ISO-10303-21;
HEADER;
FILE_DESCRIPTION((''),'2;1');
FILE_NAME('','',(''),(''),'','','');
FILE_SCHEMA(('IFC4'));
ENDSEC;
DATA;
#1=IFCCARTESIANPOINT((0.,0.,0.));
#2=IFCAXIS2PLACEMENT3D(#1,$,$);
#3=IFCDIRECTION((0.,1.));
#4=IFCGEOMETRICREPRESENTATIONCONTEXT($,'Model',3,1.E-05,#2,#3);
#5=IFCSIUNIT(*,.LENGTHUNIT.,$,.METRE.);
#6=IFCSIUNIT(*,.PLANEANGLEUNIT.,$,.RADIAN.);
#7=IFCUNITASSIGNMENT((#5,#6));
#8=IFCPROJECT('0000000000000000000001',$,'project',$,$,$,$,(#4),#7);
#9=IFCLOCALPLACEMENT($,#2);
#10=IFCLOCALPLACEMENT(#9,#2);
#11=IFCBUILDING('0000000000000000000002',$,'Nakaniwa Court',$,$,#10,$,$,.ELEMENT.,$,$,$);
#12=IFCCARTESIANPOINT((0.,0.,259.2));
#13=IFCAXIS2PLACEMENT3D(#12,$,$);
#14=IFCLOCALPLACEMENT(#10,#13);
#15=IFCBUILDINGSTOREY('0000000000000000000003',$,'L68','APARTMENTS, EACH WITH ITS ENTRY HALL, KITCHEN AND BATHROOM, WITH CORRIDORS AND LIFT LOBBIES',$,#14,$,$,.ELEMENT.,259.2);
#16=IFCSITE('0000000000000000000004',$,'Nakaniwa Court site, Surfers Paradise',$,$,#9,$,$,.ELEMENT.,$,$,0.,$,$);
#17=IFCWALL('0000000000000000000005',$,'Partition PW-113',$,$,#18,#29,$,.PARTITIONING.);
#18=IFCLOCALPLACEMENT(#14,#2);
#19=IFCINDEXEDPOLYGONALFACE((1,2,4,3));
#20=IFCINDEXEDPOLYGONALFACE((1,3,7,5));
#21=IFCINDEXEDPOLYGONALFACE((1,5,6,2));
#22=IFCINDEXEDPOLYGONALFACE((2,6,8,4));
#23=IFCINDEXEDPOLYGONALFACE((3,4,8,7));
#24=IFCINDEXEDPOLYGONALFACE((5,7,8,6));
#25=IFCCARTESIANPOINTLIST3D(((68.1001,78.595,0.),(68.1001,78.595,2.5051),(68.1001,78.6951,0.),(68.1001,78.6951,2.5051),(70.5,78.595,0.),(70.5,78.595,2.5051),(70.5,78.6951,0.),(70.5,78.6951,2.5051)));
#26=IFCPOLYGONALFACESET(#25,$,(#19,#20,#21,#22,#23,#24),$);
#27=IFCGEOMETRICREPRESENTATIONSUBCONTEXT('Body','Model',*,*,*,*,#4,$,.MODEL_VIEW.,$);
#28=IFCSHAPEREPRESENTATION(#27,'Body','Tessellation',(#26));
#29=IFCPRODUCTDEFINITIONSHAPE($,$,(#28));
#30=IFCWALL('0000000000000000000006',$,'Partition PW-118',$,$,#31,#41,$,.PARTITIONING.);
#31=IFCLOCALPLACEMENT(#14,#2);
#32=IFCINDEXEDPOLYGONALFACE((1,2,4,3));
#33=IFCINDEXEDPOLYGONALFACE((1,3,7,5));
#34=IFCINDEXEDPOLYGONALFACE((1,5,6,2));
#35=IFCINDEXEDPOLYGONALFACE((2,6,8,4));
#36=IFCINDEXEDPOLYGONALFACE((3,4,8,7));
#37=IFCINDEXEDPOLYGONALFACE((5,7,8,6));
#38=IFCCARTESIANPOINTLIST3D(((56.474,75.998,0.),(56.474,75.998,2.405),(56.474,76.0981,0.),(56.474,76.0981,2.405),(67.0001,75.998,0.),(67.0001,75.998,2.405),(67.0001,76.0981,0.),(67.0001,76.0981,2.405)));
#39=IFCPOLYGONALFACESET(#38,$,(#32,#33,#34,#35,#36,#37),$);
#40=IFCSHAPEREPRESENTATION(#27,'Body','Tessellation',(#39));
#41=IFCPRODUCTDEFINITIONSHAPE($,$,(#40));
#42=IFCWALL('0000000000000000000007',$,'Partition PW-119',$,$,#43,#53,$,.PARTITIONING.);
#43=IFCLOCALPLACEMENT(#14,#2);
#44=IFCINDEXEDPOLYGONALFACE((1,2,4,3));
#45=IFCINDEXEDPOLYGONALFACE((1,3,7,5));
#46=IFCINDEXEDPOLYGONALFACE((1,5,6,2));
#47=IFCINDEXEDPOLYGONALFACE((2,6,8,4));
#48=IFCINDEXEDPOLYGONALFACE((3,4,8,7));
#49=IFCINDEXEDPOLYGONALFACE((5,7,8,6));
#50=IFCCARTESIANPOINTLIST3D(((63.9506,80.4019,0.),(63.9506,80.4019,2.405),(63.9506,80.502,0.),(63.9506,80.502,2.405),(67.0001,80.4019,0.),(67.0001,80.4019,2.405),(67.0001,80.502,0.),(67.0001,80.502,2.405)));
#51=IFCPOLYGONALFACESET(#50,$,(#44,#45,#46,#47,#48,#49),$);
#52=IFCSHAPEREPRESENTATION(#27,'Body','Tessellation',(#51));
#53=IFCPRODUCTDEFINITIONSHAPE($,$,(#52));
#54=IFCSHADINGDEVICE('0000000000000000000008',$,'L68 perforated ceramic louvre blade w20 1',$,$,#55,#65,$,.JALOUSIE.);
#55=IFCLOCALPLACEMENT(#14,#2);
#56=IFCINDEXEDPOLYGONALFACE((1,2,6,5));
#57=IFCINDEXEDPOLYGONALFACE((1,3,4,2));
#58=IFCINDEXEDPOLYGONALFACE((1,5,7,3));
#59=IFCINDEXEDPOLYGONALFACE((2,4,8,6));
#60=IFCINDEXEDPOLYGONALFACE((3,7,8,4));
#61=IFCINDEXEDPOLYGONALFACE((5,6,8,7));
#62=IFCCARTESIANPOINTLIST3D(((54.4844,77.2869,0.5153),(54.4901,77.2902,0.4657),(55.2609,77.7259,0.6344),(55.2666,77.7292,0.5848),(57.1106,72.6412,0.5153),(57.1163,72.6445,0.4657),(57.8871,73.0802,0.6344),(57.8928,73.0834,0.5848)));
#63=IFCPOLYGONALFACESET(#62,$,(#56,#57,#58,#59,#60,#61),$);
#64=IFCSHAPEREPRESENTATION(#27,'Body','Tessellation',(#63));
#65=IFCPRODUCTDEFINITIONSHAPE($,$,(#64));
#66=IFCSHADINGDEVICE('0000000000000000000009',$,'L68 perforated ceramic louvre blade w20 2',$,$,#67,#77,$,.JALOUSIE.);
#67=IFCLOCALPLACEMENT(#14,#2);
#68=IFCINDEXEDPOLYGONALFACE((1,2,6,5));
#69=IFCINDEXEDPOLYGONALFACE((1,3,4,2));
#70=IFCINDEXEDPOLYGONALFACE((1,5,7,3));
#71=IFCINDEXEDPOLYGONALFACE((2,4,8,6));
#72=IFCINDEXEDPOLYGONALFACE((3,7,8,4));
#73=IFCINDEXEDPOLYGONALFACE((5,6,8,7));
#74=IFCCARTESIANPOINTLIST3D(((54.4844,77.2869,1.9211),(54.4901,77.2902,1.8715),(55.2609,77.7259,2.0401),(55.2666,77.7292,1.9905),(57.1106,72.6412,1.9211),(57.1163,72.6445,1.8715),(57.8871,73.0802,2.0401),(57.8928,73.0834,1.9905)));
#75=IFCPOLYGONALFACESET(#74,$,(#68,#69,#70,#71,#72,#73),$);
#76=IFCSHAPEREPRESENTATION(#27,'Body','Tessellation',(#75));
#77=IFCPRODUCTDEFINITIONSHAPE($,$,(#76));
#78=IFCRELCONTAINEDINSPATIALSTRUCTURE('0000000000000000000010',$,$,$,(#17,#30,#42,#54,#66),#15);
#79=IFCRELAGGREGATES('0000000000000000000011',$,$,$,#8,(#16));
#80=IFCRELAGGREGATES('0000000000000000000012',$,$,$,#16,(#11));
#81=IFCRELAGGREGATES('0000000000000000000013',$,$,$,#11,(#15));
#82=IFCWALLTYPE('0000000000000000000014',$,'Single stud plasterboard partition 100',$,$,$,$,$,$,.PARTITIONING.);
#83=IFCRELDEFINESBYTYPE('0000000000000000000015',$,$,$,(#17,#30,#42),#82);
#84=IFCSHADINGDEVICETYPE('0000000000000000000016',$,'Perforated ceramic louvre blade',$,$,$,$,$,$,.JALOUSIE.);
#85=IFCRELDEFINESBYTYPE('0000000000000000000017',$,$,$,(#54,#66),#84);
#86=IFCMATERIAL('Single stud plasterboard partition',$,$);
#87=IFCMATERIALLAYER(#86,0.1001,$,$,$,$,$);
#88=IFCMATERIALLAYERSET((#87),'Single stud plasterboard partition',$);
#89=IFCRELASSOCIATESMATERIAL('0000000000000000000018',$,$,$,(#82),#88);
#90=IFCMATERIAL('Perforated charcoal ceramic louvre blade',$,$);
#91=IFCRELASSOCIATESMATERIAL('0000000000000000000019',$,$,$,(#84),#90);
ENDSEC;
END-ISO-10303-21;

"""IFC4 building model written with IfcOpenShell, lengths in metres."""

from ifc_helpers import new_model, si_unit, direction, frame, frame_2d, origin, origin_2d, place, context, subcontext, project, spatial, rectangle, extrude, material, layer, layer_set, material_profile, profile_set, type_object, element, save


model = new_model("IFC4")

# Units and contexts
model_context = context("Model", 3, precision=1e-05, world=origin(), true_north=direction((0.0, 1.0)))
body_context = subcontext(model_context, "Body", "Model", "MODEL_VIEW")
ifc_project = project(units=[si_unit("LENGTHUNIT", "METRE"), si_unit("PLANEANGLEUNIT", "RADIAN")], contexts=[model_context])

# Site, building, storey
site_placement = place(None, origin())
site = spatial("IfcSite", under=ifc_project, at=site_placement, Name="Nakaniwa Court site, Surfers Paradise", CompositionType="ELEMENT", RefElevation=0.0)
building_placement = place(site_placement, origin())
building = spatial("IfcBuilding", under=site, at=building_placement, Name="Nakaniwa Court", CompositionType="ELEMENT")
storey_placement = place(building_placement, frame((0.0, 0.0, 259.2)))
storey = spatial("IfcBuildingStorey", under=building, at=storey_placement, Name="L68", Description="APARTMENTS, EACH WITH ITS ENTRY HALL, KITCHEN AND BATHROOM, WITH CORRIDORS AND LIFT LOBBIES", CompositionType="ELEMENT", Elevation=259.2)

# Walls
ifc_material_1 = material(Name="Single stud plasterboard partition")
ifc_layer_1 = layer(ifc_material_1, 0.1001)
ifc_layer_set_1 = layer_set([ifc_layer_1], Name="Single stud plasterboard partition")
wall_type_1 = type_object("IfcWallType", Name="Single stud plasterboard partition 100", PredefinedType="PARTITIONING", material=ifc_layer_set_1)
wall_1_placement = place(storey_placement, frame((68.1001, 78.645, 0.0), z_axis=(0.0, 0.0, 1.0), x_axis=(1.0, 0.0, 0.0)))
element("IfcWall", 1, at=wall_1_placement, inside=storey, type_object=wall_type_1, Name="Partition PW-113", PredefinedType="PARTITIONING", context=body_context, shape_type="SweptSolid", body=[
    extrude(rectangle(XDim=2.3999, YDim=0.1001, at=frame_2d((1.2, 0.0))), origin(), (0.0, 0.0, 1.0), 2.5051),
])
wall_2_placement = place(storey_placement, frame((56.4739, 76.0481, 0.0), z_axis=(0.0, 0.0, 1.0), x_axis=(1.0, 0.0, 0.0)))
element("IfcWall", 2, at=wall_2_placement, inside=storey, type_object=wall_type_1, Name="Partition PW-118", PredefinedType="PARTITIONING", context=body_context, shape_type="SweptSolid", body=[
    extrude(rectangle(XDim=10.5261, YDim=0.1001, at=frame_2d((5.2632, 0.0))), origin(), (0.0, 0.0, 1.0), 2.405),
])
wall_3_placement = place(storey_placement, frame((63.9504, 80.4519, 0.0), z_axis=(0.0, 0.0, 1.0), x_axis=(1.0, 0.0, 0.0)))
element("IfcWall", 3, at=wall_3_placement, inside=storey, type_object=wall_type_1, Name="Partition PW-119", PredefinedType="PARTITIONING", context=body_context, shape_type="SweptSolid", body=[
    extrude(rectangle(XDim=3.0496, YDim=0.1001, at=frame_2d((1.5249, 0.0))), origin(), (0.0, 0.0, 1.0), 2.405),
])

# Shading devices
ifc_material_2 = material(Name="Perforated charcoal ceramic louvre blade")
ifc_material_profile_1 = material_profile(ifc_material_2, rectangle(XDim=0.8999, YDim=0.05, at=origin_2d()), Name="Perforated ceramic louvre blade")
ifc_profile_set_1 = profile_set([ifc_material_profile_1], Name="Perforated charcoal ceramic louvre blade")
shading_device_type = type_object("IfcShadingDeviceType", Name="Perforated ceramic louvre blade", PredefinedType="JALOUSIE", material=ifc_profile_set_1)
for number, where, z_axis, x_axis, name in (
    (4, (54.8755, 77.5081, 0.55), (0.492109, -0.870534, 0.0), (0.862887, 0.487786, 0.132256), "L68 perforated ceramic louvre blade w20 1"),
    (5, (54.8755, 77.5081, 1.9558), (0.492109, -0.870534, 0.0), (0.862887, 0.487786, 0.132256), "L68 perforated ceramic louvre blade w20 2"),
):
    element("IfcShadingDevice", number, at=place(storey_placement, frame(where, z_axis=z_axis, x_axis=x_axis)), inside=storey, type_object=shading_device_type, Name=name, PredefinedType="JALOUSIE", context=body_context, shape_type="SweptSolid", body=[
        extrude(rectangle(XDim=0.8999, YDim=0.05, at=origin_2d()), origin(), (0.0, 0.0, 1.0), 5.3367),
    ])

save(model, "model.ifc")
